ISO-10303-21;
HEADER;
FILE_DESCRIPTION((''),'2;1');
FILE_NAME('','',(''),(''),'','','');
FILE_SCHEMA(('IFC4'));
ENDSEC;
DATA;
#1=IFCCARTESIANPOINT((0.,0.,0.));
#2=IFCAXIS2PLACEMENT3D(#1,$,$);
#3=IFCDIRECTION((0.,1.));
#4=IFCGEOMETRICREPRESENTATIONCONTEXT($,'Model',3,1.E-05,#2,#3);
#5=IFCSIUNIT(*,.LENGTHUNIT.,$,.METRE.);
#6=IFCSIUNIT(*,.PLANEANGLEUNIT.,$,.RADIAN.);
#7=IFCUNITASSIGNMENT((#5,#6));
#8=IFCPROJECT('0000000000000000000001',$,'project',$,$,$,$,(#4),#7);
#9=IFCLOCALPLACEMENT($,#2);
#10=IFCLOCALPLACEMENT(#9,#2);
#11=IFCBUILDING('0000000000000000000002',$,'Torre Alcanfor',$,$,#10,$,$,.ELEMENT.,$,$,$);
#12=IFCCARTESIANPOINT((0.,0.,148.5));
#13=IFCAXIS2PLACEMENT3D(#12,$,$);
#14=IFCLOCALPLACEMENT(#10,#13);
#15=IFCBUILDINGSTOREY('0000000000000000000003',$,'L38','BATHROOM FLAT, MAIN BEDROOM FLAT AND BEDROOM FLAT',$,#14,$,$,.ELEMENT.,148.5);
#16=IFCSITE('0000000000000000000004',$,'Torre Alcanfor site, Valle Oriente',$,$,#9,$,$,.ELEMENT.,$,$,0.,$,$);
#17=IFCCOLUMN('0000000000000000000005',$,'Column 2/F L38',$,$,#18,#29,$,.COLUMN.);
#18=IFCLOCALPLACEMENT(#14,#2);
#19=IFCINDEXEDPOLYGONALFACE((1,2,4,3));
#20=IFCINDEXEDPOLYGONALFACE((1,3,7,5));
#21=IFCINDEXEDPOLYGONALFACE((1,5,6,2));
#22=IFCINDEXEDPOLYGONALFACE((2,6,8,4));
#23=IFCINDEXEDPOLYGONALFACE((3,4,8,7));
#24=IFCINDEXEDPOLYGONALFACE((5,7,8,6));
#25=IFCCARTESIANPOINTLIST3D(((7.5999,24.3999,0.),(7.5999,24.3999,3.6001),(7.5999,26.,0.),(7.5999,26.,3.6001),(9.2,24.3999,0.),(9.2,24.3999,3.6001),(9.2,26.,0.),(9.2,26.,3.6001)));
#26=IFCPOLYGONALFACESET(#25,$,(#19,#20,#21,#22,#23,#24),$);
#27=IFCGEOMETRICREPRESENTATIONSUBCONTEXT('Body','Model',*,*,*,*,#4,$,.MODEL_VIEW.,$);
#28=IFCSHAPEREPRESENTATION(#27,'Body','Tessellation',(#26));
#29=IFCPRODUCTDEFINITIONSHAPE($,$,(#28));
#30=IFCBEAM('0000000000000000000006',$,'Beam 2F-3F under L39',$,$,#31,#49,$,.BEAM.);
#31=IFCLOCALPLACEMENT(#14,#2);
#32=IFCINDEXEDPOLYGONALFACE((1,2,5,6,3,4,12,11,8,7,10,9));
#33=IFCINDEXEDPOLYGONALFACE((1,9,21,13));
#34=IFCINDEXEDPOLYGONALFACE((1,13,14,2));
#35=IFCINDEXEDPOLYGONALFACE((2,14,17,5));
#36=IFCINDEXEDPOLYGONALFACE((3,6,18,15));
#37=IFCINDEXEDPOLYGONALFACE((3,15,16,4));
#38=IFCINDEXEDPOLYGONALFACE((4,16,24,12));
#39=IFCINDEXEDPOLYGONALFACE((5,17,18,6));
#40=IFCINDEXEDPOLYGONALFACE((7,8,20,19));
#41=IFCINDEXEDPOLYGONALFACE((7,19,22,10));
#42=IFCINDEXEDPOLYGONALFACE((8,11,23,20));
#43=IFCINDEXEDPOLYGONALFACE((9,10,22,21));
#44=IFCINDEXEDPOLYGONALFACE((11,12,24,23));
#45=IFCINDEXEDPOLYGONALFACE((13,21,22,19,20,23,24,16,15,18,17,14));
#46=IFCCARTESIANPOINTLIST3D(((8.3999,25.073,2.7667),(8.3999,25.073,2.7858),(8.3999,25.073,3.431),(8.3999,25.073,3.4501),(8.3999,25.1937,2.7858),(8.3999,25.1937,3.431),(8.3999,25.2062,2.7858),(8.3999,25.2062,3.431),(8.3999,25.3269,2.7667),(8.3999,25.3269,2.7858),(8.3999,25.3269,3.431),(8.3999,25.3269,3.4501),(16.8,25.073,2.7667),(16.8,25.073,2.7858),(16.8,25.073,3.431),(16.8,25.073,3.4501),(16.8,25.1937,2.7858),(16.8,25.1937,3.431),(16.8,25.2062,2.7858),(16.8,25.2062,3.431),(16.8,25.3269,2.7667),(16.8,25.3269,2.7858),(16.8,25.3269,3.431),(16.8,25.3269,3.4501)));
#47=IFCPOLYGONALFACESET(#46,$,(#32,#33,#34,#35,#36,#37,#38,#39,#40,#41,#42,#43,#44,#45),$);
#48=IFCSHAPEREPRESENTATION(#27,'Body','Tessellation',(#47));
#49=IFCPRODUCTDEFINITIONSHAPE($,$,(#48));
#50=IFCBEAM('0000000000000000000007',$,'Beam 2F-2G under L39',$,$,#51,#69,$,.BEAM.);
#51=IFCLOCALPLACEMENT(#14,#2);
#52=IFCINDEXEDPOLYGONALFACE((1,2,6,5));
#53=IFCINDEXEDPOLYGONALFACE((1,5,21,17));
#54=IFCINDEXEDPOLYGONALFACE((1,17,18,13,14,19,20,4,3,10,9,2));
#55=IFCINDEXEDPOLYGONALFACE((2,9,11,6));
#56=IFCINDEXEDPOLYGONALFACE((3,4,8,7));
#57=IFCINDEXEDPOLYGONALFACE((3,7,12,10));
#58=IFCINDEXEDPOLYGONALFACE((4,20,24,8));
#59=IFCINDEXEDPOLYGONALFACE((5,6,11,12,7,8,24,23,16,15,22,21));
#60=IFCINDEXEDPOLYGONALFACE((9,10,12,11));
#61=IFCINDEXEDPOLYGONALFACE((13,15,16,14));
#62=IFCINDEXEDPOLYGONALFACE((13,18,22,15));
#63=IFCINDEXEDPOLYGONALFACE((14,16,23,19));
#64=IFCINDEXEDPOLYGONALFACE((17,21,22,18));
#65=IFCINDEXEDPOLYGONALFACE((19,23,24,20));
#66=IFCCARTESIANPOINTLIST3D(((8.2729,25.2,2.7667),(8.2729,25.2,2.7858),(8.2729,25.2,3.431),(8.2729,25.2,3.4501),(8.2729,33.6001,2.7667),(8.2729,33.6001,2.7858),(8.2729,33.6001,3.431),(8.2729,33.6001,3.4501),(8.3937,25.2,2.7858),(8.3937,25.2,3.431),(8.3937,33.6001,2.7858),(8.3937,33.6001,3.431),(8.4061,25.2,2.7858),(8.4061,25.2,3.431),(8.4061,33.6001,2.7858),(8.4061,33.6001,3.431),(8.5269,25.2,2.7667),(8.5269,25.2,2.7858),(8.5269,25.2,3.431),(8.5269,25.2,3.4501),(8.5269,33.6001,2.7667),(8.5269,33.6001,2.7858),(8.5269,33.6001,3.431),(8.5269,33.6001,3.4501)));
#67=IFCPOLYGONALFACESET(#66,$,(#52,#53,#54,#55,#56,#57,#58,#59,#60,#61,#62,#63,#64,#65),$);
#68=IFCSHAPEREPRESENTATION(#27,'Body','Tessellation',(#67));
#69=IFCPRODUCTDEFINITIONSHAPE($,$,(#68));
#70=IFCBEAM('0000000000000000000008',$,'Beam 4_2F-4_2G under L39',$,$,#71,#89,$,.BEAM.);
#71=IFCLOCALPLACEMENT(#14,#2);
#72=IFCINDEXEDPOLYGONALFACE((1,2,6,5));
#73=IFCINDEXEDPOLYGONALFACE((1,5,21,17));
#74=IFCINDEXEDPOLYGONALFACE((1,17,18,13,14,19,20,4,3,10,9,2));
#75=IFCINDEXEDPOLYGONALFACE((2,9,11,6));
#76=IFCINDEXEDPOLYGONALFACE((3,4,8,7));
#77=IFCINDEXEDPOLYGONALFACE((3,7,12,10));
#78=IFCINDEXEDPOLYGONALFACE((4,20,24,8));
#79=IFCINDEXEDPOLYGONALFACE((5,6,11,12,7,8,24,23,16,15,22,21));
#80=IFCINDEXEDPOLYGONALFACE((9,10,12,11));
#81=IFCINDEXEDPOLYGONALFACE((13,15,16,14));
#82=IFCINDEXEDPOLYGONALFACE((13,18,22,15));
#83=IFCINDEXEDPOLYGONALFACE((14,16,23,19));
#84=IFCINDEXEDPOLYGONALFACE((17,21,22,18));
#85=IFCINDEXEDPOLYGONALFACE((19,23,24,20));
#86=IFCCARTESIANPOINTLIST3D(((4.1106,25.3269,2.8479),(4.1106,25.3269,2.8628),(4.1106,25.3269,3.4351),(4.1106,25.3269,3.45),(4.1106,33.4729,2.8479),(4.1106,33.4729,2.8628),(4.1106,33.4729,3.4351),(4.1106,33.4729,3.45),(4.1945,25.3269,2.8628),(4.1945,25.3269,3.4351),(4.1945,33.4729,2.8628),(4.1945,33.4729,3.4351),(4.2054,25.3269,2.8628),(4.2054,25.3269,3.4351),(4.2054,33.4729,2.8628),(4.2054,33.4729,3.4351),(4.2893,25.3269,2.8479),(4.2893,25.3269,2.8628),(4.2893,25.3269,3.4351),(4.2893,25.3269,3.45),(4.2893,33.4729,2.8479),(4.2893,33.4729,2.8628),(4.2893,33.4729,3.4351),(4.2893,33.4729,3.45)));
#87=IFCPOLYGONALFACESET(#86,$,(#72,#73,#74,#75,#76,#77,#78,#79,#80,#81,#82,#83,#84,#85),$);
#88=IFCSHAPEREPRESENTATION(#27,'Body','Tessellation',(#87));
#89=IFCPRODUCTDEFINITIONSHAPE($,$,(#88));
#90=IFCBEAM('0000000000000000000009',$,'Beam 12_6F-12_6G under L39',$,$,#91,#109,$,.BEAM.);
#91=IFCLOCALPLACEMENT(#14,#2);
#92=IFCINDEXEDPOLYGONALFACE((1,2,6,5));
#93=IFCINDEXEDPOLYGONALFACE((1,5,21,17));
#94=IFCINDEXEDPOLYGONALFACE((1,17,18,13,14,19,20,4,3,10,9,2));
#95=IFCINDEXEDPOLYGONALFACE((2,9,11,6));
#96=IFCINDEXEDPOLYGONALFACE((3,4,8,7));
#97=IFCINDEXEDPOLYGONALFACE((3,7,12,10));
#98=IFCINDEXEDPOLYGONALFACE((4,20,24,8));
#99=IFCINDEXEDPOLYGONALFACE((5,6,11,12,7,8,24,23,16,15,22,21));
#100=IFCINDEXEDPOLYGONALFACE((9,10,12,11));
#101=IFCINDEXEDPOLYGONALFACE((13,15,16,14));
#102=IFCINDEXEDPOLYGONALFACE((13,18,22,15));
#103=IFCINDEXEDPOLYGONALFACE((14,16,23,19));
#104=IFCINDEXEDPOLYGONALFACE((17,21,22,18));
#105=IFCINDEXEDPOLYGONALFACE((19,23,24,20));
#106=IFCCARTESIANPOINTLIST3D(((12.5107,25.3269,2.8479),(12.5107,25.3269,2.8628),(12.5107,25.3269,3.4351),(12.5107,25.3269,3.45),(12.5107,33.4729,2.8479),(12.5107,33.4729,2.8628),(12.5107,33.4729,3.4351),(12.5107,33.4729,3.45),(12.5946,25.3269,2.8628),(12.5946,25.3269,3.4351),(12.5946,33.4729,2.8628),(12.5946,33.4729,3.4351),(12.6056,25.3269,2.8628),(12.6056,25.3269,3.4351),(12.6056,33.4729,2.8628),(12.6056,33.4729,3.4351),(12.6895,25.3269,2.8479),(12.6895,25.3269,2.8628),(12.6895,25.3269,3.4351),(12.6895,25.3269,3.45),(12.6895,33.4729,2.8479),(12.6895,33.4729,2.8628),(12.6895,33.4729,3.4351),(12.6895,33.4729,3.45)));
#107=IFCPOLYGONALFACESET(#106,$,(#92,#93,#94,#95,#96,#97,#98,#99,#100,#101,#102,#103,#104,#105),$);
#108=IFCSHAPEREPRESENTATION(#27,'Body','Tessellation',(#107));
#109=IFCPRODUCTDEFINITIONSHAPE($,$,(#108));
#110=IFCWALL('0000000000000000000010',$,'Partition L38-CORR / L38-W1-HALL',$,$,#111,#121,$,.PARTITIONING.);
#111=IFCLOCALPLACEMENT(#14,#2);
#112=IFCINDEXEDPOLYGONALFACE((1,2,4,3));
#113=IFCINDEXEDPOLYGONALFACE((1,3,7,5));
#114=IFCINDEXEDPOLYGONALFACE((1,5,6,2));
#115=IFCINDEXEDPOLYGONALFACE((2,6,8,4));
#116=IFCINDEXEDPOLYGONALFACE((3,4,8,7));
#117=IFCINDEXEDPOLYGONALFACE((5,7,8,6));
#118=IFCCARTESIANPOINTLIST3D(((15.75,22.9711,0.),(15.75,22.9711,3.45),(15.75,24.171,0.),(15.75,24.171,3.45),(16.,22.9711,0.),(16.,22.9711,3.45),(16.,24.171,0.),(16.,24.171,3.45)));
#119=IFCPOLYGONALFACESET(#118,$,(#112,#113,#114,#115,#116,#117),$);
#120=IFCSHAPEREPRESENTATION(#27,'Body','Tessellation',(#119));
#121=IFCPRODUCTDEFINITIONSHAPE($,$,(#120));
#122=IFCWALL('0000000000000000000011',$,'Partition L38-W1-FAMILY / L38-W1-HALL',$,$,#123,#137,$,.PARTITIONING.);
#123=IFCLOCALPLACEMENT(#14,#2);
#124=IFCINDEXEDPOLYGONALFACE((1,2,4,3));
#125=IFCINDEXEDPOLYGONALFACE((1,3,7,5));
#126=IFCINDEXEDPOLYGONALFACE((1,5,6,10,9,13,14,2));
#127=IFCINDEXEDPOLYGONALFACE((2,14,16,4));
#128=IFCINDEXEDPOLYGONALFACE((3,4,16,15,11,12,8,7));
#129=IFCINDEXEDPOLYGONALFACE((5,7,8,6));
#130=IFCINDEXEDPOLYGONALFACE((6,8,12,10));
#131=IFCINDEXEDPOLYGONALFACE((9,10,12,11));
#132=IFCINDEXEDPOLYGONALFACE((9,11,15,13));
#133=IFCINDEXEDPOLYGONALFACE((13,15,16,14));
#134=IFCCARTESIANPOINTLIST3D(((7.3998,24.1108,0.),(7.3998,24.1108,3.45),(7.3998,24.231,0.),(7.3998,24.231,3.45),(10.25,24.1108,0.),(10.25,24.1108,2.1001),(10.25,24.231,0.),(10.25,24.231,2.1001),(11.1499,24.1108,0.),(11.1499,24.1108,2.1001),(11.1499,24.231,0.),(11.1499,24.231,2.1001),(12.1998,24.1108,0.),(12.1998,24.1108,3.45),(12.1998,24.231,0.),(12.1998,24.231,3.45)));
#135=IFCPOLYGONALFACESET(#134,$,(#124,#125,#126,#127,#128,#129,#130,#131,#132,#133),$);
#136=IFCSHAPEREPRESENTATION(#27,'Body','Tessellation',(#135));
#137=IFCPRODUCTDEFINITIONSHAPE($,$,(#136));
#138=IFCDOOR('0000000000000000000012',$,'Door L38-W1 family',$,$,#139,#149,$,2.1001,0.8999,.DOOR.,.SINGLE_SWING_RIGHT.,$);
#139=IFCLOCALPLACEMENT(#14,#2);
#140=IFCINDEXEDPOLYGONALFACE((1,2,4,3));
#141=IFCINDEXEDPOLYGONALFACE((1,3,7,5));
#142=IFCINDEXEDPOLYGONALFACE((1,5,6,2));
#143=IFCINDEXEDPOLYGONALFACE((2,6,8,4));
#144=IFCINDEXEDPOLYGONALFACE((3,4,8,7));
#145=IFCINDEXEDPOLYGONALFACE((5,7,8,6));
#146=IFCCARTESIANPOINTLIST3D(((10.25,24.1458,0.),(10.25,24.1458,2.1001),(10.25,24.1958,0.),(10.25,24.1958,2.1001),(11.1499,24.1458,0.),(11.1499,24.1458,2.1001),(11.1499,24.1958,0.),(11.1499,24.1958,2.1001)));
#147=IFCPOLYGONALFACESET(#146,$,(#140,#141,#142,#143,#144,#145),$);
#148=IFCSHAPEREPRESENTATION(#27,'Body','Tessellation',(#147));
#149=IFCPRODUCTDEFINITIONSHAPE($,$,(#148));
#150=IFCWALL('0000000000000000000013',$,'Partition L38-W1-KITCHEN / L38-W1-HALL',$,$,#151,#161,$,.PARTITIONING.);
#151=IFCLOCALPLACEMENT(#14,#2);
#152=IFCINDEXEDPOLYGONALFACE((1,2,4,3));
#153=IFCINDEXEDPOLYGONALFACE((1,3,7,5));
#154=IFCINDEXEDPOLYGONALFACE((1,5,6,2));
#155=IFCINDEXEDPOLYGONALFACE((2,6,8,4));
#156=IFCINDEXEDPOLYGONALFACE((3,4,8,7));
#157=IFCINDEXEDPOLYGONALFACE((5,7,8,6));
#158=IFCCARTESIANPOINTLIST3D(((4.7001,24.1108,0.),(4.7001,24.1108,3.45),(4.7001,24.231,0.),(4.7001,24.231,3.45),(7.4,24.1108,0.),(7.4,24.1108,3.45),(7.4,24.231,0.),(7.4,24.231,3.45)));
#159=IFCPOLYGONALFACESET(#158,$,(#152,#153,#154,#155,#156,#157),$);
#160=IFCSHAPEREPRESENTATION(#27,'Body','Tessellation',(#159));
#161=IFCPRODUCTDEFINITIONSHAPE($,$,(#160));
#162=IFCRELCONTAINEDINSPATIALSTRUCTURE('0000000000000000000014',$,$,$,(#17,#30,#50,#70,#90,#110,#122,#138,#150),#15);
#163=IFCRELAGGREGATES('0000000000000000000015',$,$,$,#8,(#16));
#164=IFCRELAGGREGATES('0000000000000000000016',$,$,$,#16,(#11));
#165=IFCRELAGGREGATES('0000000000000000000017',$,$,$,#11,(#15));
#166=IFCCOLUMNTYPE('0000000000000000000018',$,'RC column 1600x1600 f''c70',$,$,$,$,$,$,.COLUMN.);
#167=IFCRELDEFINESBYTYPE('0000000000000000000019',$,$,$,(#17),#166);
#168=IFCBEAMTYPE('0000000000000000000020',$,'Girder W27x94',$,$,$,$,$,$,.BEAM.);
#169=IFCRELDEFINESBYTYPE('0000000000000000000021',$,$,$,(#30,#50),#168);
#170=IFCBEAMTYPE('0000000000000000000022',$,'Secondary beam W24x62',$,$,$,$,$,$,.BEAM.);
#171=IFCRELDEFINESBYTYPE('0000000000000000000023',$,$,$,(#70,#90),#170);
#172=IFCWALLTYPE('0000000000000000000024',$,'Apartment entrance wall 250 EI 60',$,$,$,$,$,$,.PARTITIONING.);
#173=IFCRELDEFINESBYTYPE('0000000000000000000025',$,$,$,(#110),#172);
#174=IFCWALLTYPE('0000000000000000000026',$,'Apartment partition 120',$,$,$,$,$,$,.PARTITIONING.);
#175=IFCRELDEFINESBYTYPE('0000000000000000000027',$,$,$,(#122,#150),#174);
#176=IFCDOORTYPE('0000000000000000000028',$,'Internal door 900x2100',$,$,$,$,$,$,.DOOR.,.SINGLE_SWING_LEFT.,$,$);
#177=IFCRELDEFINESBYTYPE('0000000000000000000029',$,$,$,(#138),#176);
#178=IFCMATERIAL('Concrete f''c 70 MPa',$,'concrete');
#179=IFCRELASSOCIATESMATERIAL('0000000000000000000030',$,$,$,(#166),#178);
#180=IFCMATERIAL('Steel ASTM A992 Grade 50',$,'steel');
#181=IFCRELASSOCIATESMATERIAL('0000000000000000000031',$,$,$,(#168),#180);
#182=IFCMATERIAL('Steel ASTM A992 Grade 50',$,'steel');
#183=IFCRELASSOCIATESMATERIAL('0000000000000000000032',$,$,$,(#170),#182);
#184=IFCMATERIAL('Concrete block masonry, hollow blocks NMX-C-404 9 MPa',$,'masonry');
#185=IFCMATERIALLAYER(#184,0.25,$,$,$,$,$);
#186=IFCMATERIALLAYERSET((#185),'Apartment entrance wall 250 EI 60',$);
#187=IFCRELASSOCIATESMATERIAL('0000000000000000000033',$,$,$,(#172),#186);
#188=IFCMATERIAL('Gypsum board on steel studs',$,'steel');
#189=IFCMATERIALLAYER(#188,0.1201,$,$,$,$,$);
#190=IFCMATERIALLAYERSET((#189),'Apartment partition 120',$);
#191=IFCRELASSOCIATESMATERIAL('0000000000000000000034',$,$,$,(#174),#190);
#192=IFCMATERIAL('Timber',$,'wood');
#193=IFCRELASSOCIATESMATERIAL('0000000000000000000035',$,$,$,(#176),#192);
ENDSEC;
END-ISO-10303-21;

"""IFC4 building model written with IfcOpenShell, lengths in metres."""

from ifc_helpers import new_model, si_unit, direction, frame, frame_2d, origin, origin_2d, place, context, subcontext, project, spatial, rectangle, i_section, extrude, material, layer, layer_set, material_profile, profile_set, type_object, element, fill, save


model = new_model("IFC4")

# Units and contexts
model_context = context("Model", 3, precision=1e-05, world=origin(), true_north=direction((0.0, 1.0)))
body_context = subcontext(model_context, "Body", "Model", "MODEL_VIEW")
ifc_project = project(units=[si_unit("LENGTHUNIT", "METRE"), si_unit("PLANEANGLEUNIT", "RADIAN")], contexts=[model_context])

# Site, building, storey
site_placement = place(None, origin())
site = spatial("IfcSite", under=ifc_project, at=site_placement, Name="Torre Alcanfor site, Valle Oriente", CompositionType="ELEMENT", RefElevation=0.0)
building_placement = place(site_placement, origin())
building = spatial("IfcBuilding", under=site, at=building_placement, Name="Torre Alcanfor", CompositionType="ELEMENT")
storey_placement = place(building_placement, frame((0.0, 0.0, 148.5)))
storey = spatial("IfcBuildingStorey", under=building, at=storey_placement, Name="L38", Description="BATHROOM FLAT, MAIN BEDROOM FLAT AND BEDROOM FLAT", CompositionType="ELEMENT", Elevation=148.5)

# Column
ifc_material_1 = material(Name="Concrete f'c 70 MPa", Category="concrete")
ifc_material_profile_1 = material_profile(ifc_material_1, rectangle(XDim=1.6001, YDim=1.6001, at=origin_2d()), Name="1600x1600")
ifc_profile_set_1 = profile_set([ifc_material_profile_1], Name="Concrete f'c 70 MPa")
column_type = type_object("IfcColumnType", Name="RC column 1600x1600 f'c70", PredefinedType="COLUMN", material=ifc_profile_set_1)
column_placement = place(storey_placement, frame((8.3999, 25.2, 0.0), z_axis=(0.0, 0.0, 1.0), x_axis=(1.0, 0.0, 0.0)))
element("IfcColumn", 1, at=column_placement, inside=storey, type_object=column_type, Name="Column 2/F L38", PredefinedType="COLUMN", context=body_context, shape_type="SweptSolid", body=[
    extrude(rectangle(XDim=1.6001, YDim=1.6001, at=origin_2d()), origin(), (0.0, 0.0, 1.0), 3.6001),
])

# Beams
ifc_material_2 = material(Name="Steel ASTM A992 Grade 50", Category="steel")
ifc_material_profile_2 = material_profile(ifc_material_2, i_section(OverallWidth=0.2539, OverallDepth=0.6833, WebThickness=0.0125, FlangeThickness=0.019, at=origin_2d()), Name="W27x94")
ifc_profile_set_2 = profile_set([ifc_material_profile_2], Name="Steel ASTM A992 Grade 50")
beam_type_1 = type_object("IfcBeamType", Name="Girder W27x94", PredefinedType="BEAM", material=ifc_profile_set_2)
for number, where, z_axis, x_axis, name in (
    (2, (8.3999, 25.2, 3.1084), (1.0, 0.0, 0.0), (0.0, 1.0, 0.0), "Beam 2F-3F under L39"),
    (3, (8.3999, 25.2, 3.1084), (0.0, 1.0, 0.0), (-1.0, 0.0, 0.0), "Beam 2F-2G under L39"),
):
    element("IfcBeam", number, at=place(storey_placement, frame(where, z_axis=z_axis, x_axis=x_axis)), inside=storey, type_object=beam_type_1, Name=name, PredefinedType="BEAM", context=body_context, shape_type="SweptSolid", body=[
        extrude(i_section(OverallWidth=0.2539, OverallDepth=0.6833, WebThickness=0.0125, FlangeThickness=0.019, at=origin_2d()), origin(), (0.0, 0.0, 1.0), 8.4001),
    ])
ifc_material_3 = material(Name="Steel ASTM A992 Grade 50", Category="steel")
ifc_material_profile_3 = material_profile(ifc_material_3, i_section(OverallWidth=0.1787, OverallDepth=0.6021, WebThickness=0.011, FlangeThickness=0.0149, at=origin_2d()), Name="W24x62")
ifc_profile_set_3 = profile_set([ifc_material_profile_3], Name="Steel ASTM A992 Grade 50")
beam_type_2 = type_object("IfcBeamType", Name="Secondary beam W24x62", PredefinedType="BEAM", material=ifc_profile_set_3)
for number, where, z_axis, x_axis, name in (
    (4, (4.2, 25.3269, 3.1489), (0.0, 1.0, 0.0), (-1.0, 0.0, 0.0), "Beam 4_2F-4_2G under L39"),
    (5, (12.6001, 25.3269, 3.1489), (0.0, 1.0, 0.0), (-1.0, 0.0, 0.0), "Beam 12_6F-12_6G under L39"),
):
    element("IfcBeam", number, at=place(storey_placement, frame(where, z_axis=z_axis, x_axis=x_axis)), inside=storey, type_object=beam_type_2, Name=name, PredefinedType="BEAM", context=body_context, shape_type="SweptSolid", body=[
        extrude(i_section(OverallWidth=0.1787, OverallDepth=0.6021, WebThickness=0.011, FlangeThickness=0.0149, at=origin_2d()), origin(), (0.0, 0.0, 1.0), 8.146),
    ])

# Wall
ifc_material_4 = material(Name="Concrete block masonry, hollow blocks NMX-C-404 9 MPa", Category="masonry")
ifc_layer_1 = layer(ifc_material_4, 0.25)
ifc_layer_set_1 = layer_set([ifc_layer_1], Name="Apartment entrance wall 250 EI 60")
wall_type_1 = type_object("IfcWallType", Name="Apartment entrance wall 250 EI 60", PredefinedType="PARTITIONING", material=ifc_layer_set_1)
wall_1_placement = place(storey_placement, frame((15.875, 22.9709, 0.0), z_axis=(0.0, 0.0, 1.0), x_axis=(0.0, 1.0, 0.0)))
element("IfcWall", 6, at=wall_1_placement, inside=storey, type_object=wall_type_1, Name="Partition L38-CORR / L38-W1-HALL", PredefinedType="PARTITIONING", context=body_context, shape_type="SweptSolid", body=[
    extrude(rectangle(XDim=1.2, YDim=0.25, at=frame_2d((0.6001, 0.0))), origin(), (0.0, 0.0, 1.0), 3.45),
])

# Wall, opening, door
ifc_material_5 = material(Name="Gypsum board on steel studs", Category="steel")
ifc_layer_2 = layer(ifc_material_5, 0.1201)
ifc_layer_set_2 = layer_set([ifc_layer_2], Name="Apartment partition 120")
wall_type_2 = type_object("IfcWallType", Name="Apartment partition 120", PredefinedType="PARTITIONING", material=ifc_layer_set_2)
wall_2_placement = place(storey_placement, frame((7.3999, 24.1709, 0.0), z_axis=(0.0, 0.0, 1.0), x_axis=(1.0, 0.0, 0.0)))
wall_2 = element("IfcWall", 7, at=wall_2_placement, inside=storey, type_object=wall_type_2, Name="Partition L38-W1-FAMILY / L38-W1-HALL", PredefinedType="PARTITIONING", context=body_context, shape_type="SweptSolid", body=[
    extrude(rectangle(XDim=4.8, YDim=0.1201, at=frame_2d((2.3999, 0.0))), origin(), (0.0, 0.0, 1.0), 3.45),
])
opening_1_placement = place(wall_2_placement, frame((2.8501, 0.0, 0.0)))
opening_1 = element("IfcOpeningElement", 8, at=opening_1_placement, cuts=wall_2, PredefinedType="OPENING", context=body_context, shape_type="SweptSolid", body=[
    extrude(rectangle(XDim=0.8999, YDim=2.1001, at=frame_2d((0.45, 1.05))), frame((0.0, 0.0701, 0.0), z_axis=(0.0, -1.0, 0.0), x_axis=(1.0, 0.0, 0.0)), (0.0, 0.0, 1.0), 0.1401),
])
ifc_material_6 = material(Name="Timber", Category="wood")
door_type_1 = type_object("IfcDoorType", Name="Internal door 900x2100", OperationType="SINGLE_SWING_LEFT", PredefinedType="DOOR", material=ifc_material_6)
door_1_placement = place(opening_1_placement, origin())
door_1 = element("IfcDoor", 9, at=door_1_placement, inside=storey, type_object=door_type_1, Name="Door L38-W1 family", OperationType="SINGLE_SWING_RIGHT", OverallHeight=2.1001, OverallWidth=0.8999, PredefinedType="DOOR", context=body_context, shape_type="SweptSolid", body=[
    extrude(rectangle(XDim=0.8999, YDim=2.1001, at=frame_2d((0.45, 1.05))), frame((0.0, 0.0249, 0.0), z_axis=(0.0, -1.0, 0.0), x_axis=(1.0, 0.0, 0.0)), (0.0, 0.0, 1.0), 0.05),
])
fill(opening_1, door_1)

# Wall
wall_3_placement = place(storey_placement, frame((4.7, 24.1709, 0.0), z_axis=(0.0, 0.0, 1.0), x_axis=(1.0, 0.0, 0.0)))
element("IfcWall", 10, at=wall_3_placement, inside=storey, type_object=wall_type_2, Name="Partition L38-W1-KITCHEN / L38-W1-HALL", PredefinedType="PARTITIONING", context=body_context, shape_type="SweptSolid", body=[
    extrude(rectangle(XDim=2.7, YDim=0.1201, at=frame_2d((1.3501, 0.0))), origin(), (0.0, 0.0, 1.0), 3.45),
])

save(model, "model.ifc")
